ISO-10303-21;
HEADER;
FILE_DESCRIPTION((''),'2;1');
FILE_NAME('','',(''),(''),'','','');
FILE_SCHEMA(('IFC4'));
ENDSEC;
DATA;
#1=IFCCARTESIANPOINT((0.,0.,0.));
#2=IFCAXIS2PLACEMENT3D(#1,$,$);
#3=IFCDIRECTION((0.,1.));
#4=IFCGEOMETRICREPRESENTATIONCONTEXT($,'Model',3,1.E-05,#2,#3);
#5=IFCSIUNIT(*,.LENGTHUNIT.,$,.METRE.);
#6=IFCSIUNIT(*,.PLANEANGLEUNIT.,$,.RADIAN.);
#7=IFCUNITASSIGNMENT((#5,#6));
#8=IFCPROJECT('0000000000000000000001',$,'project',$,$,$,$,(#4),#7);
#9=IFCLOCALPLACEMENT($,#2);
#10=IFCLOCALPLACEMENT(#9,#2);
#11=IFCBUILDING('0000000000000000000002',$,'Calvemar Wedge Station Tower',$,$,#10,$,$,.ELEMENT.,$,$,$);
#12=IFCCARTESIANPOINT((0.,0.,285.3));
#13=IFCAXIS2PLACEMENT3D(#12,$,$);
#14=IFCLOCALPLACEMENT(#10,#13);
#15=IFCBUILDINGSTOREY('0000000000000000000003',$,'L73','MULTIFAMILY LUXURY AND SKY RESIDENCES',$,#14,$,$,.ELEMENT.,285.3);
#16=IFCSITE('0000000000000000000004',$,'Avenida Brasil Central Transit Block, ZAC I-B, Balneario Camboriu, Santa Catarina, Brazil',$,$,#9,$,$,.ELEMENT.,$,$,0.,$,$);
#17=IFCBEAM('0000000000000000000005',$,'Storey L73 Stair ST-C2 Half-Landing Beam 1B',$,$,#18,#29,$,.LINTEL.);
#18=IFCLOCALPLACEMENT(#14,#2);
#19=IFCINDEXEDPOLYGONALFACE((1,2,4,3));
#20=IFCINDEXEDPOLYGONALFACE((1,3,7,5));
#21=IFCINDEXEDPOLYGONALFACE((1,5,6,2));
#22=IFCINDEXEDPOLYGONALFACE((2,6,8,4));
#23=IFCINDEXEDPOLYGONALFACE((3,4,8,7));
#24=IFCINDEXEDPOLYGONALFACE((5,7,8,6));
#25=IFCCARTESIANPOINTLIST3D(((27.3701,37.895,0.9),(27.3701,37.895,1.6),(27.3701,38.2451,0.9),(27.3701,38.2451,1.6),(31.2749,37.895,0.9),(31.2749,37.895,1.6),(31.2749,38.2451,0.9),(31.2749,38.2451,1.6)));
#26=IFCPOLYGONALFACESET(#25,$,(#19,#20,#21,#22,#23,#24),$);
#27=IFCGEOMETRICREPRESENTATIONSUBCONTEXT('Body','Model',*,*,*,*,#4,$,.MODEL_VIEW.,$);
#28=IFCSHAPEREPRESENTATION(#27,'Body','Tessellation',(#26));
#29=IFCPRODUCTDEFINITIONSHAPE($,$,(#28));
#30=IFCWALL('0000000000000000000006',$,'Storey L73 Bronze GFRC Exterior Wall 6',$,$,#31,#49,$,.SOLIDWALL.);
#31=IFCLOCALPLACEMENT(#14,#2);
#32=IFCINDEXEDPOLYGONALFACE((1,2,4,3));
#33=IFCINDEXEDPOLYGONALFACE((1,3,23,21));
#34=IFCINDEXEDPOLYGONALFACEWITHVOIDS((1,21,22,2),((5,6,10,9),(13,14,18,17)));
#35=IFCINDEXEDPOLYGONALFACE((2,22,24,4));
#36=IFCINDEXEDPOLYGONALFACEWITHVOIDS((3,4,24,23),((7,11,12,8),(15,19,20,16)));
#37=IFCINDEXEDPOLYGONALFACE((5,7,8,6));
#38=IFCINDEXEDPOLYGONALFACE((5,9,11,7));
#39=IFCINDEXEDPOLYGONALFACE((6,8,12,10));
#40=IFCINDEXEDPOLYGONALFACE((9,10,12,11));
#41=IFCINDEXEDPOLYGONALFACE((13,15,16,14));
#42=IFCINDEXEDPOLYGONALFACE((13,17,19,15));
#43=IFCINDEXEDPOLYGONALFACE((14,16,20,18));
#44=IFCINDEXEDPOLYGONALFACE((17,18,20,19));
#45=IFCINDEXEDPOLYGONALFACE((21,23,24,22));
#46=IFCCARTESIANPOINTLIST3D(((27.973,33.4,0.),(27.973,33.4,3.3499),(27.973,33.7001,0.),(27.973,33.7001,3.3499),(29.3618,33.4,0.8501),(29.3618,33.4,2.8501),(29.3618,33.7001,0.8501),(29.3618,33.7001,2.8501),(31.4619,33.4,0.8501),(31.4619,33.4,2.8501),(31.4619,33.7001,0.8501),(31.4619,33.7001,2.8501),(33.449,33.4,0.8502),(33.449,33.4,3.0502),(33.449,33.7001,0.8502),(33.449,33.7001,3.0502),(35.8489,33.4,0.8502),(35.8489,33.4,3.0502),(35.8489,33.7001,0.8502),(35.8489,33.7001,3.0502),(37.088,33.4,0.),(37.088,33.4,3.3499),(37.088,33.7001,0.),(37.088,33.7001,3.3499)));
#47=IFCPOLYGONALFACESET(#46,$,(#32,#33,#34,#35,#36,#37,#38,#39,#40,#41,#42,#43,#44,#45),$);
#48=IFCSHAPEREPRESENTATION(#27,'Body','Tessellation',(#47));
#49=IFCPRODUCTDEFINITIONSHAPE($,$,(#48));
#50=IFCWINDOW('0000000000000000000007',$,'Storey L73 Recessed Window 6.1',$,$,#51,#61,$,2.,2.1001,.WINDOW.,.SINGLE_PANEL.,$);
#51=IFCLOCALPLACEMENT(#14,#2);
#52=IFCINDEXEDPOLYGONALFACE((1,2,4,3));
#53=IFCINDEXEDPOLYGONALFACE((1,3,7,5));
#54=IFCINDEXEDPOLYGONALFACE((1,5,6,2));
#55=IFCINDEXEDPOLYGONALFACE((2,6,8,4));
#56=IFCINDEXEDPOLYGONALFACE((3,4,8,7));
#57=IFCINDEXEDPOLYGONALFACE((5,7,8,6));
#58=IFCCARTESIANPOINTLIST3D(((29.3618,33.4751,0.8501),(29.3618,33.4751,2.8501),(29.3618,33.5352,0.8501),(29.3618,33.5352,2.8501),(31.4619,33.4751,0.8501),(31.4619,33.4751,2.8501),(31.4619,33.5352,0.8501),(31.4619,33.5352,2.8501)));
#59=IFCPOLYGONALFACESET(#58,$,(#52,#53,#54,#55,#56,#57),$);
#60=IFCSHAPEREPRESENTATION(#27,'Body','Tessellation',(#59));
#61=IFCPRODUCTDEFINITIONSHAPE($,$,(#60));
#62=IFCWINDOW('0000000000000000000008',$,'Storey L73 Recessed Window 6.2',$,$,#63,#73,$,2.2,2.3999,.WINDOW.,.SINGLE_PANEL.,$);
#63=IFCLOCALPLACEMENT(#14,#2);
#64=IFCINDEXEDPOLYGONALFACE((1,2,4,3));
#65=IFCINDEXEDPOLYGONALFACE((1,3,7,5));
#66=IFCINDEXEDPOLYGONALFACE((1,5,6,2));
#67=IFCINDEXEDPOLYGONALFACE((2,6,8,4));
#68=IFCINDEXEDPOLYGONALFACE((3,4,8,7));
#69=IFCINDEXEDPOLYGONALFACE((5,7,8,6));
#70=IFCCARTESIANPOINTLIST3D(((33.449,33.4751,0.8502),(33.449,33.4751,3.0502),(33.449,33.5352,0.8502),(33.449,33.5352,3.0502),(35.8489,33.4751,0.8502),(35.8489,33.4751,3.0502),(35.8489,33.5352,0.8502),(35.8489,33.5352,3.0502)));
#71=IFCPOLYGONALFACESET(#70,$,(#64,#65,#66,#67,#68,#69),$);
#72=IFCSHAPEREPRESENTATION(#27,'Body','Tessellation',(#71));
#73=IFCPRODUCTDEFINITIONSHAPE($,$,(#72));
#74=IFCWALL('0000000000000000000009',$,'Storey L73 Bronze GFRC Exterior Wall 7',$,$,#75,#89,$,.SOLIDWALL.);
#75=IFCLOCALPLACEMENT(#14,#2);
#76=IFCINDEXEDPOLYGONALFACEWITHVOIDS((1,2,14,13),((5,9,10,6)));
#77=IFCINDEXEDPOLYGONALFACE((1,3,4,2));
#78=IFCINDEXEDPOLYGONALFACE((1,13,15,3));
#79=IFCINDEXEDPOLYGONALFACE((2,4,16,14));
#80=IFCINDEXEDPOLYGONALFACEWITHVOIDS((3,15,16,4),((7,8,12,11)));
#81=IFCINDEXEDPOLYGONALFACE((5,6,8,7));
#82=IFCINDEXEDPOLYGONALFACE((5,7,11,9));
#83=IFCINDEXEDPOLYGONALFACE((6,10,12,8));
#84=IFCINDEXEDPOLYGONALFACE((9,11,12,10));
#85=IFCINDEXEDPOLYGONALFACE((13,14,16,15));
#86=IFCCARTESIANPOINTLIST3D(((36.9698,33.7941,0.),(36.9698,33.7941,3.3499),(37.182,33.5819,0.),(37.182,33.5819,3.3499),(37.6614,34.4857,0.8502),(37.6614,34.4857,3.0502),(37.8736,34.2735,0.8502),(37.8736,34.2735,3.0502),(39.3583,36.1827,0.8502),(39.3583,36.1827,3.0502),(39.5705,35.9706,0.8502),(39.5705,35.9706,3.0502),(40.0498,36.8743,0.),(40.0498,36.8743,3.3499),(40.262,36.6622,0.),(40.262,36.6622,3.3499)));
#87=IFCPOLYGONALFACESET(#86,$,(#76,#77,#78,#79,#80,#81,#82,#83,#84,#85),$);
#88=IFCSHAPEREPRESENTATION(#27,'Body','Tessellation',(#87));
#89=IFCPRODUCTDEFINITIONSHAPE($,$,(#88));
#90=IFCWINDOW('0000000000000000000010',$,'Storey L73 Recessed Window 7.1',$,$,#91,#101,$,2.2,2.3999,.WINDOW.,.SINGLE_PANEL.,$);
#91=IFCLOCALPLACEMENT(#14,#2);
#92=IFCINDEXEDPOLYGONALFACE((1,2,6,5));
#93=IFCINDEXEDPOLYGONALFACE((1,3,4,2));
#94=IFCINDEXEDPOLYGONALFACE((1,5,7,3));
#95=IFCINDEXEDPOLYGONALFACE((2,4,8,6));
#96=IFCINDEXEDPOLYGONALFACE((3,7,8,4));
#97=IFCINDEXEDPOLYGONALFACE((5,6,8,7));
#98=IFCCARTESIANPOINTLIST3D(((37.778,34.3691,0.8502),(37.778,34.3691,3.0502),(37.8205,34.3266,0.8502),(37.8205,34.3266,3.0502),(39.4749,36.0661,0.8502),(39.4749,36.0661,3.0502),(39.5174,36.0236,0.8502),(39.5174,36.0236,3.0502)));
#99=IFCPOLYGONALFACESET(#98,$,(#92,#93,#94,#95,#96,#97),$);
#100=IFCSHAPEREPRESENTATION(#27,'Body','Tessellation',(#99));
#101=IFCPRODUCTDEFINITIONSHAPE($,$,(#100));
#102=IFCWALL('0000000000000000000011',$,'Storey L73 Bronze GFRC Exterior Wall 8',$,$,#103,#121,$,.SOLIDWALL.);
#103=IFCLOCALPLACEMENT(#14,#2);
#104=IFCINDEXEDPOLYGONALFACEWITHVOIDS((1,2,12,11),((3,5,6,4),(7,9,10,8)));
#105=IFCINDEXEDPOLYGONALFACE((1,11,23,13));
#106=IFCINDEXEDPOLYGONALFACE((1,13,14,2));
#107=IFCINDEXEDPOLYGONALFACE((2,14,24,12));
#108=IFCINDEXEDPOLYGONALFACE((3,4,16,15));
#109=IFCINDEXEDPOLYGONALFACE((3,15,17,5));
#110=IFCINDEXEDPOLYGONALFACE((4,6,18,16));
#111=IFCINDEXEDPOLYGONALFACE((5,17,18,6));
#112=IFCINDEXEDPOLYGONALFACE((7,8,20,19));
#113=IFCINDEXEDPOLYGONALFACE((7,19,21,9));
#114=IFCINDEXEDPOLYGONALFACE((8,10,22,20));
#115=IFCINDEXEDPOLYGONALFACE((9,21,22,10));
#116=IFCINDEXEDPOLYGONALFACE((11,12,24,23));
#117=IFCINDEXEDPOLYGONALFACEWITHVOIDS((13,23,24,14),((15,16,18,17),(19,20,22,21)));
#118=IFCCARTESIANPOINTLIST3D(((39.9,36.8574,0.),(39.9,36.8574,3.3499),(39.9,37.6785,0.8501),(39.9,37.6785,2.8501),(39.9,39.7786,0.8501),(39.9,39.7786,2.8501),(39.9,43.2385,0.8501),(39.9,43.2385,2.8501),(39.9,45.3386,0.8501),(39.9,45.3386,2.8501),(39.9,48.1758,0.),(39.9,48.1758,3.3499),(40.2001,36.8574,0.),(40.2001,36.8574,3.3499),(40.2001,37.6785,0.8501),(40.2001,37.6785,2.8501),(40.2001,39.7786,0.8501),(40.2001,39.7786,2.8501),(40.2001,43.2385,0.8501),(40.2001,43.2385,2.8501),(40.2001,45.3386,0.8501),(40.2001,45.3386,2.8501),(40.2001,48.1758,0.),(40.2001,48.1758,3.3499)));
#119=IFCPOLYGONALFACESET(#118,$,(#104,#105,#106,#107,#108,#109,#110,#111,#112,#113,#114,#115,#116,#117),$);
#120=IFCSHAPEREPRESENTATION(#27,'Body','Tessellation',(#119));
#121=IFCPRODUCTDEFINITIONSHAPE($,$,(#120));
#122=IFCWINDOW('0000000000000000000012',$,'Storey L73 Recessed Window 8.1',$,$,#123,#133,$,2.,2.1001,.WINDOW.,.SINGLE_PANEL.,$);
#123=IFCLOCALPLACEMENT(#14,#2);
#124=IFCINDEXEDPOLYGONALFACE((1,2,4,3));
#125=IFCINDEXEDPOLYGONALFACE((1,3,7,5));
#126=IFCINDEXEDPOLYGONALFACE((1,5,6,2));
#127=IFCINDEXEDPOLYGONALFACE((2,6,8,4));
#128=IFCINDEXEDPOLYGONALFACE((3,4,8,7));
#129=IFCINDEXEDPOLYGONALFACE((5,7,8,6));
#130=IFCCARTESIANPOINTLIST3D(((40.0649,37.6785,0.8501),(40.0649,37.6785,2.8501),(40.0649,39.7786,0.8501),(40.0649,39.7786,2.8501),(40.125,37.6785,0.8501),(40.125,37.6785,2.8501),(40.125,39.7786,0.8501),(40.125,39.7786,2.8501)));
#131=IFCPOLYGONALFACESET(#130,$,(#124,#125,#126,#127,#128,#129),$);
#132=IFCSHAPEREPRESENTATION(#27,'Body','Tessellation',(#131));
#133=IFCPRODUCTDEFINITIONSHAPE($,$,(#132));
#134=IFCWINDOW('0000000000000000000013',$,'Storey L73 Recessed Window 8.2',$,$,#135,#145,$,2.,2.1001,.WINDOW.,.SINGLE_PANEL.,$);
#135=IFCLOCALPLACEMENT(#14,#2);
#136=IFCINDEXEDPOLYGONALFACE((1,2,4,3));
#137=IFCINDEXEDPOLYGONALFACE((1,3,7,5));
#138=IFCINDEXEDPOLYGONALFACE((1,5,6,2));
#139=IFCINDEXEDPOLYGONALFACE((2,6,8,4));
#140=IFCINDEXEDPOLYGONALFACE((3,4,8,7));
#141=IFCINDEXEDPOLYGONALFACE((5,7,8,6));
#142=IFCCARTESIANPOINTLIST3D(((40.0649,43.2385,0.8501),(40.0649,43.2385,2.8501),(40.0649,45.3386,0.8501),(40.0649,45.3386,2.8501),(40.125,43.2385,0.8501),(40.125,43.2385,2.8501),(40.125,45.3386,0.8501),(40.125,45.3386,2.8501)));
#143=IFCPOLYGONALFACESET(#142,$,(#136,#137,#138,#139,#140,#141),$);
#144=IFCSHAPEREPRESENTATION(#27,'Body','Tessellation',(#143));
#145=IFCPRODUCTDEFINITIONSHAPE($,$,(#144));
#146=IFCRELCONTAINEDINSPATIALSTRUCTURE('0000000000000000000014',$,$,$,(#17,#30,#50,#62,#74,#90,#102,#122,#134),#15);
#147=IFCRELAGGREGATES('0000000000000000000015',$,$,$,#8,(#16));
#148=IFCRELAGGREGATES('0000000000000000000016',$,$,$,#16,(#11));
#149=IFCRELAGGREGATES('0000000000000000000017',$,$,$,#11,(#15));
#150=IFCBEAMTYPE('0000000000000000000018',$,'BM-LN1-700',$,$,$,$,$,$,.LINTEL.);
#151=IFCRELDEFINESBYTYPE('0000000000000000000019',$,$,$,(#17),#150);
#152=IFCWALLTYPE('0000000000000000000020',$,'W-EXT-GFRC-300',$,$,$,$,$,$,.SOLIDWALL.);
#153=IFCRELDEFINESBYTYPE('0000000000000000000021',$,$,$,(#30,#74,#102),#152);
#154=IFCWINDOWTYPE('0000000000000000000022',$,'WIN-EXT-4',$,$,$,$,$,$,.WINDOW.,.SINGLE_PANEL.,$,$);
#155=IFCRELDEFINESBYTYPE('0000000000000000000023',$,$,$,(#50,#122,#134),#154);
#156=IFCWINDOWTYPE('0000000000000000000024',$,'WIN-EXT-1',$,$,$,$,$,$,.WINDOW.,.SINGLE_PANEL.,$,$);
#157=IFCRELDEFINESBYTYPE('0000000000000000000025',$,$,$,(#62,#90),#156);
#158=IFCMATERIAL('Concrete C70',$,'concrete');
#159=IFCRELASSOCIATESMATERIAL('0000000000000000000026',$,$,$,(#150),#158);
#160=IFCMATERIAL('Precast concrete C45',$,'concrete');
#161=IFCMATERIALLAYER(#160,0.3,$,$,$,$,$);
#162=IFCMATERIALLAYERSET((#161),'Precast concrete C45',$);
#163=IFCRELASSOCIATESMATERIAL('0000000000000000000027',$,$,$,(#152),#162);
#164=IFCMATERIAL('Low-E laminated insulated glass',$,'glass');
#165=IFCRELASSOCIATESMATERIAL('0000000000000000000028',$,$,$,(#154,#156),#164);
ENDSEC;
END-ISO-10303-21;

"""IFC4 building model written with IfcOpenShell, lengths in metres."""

from ifc_helpers import new_model, si_unit, direction, frame, frame_2d, origin, origin_2d, place, context, subcontext, project, spatial, rectangle, extrude, source, transform, mapped, material, layer, layer_set, material_profile, profile_set, type_object, element, fill, save


model = new_model("IFC4")

# Units and contexts
model_context = context("Model", 3, precision=1e-05, world=origin(), true_north=direction((0.0, 1.0)))
body_context = subcontext(model_context, "Body", "Model", "MODEL_VIEW")
ifc_project = project(units=[si_unit("LENGTHUNIT", "METRE"), si_unit("PLANEANGLEUNIT", "RADIAN")], contexts=[model_context])

# Site, building, storey
site_placement = place(None, origin())
site = spatial("IfcSite", under=ifc_project, at=site_placement, Name="Avenida Brasil Central Transit Block, ZAC I-B, Balneario Camboriu, Santa Catarina, Brazil", CompositionType="ELEMENT", RefElevation=0.0)
building_placement = place(site_placement, origin())
building = spatial("IfcBuilding", under=site, at=building_placement, Name="Calvemar Wedge Station Tower", CompositionType="ELEMENT")
storey_placement = place(building_placement, frame((0.0, 0.0, 285.3)))
storey = spatial("IfcBuildingStorey", under=building, at=storey_placement, Name="L73", Description="MULTIFAMILY LUXURY AND SKY RESIDENCES", CompositionType="ELEMENT", Elevation=285.3)

# Beam
ifc_material_1 = material(Name="Concrete C70", Category="concrete")
ifc_material_profile = material_profile(ifc_material_1, rectangle(XDim=0.3501, YDim=0.7, at=origin_2d()), Name="RC350x700")
ifc_profile_set = profile_set([ifc_material_profile], Name="Concrete C70")
beam_type = type_object("IfcBeamType", Name="BM-LN1-700", PredefinedType="LINTEL", material=ifc_profile_set)
shared_shape_1 = source(origin(), body_context, "Body", "SweptSolid", [
    extrude(rectangle(XDim=0.3501, YDim=0.7, at=origin_2d()), origin(), (0.0, 0.0, 1.0), 3.9048),
])
beam_placement = place(storey_placement, frame((27.3701, 38.0701, 1.25), z_axis=(1.0, 0.0, 0.0), x_axis=(0.0, 1.0, 0.0)))
element("IfcBeam", 1, at=beam_placement, inside=storey, type_object=beam_type, Name="Storey L73 Stair ST-C2 Half-Landing Beam 1B", PredefinedType="LINTEL", context=body_context, shape_type="MappedRepresentation", body=[
    mapped(shared_shape_1, transform((0.0, 0.0, 0.0), scale=1.0)),
])

# Wall, openings, windows
ifc_material_2 = material(Name="Precast concrete C45", Category="concrete")
ifc_layer_1 = layer(ifc_material_2, 0.3)
ifc_layer_set_1 = layer_set([ifc_layer_1], Name="Precast concrete C45")
wall_type_1 = type_object("IfcWallType", Name="W-EXT-GFRC-300", PredefinedType="SOLIDWALL", material=ifc_layer_set_1)
wall_1_placement = place(storey_placement, frame((27.9729, 33.55, 0.0), z_axis=(0.0, 0.0, 1.0), x_axis=(1.0, 0.0, 0.0)))
wall_1 = element("IfcWall", 2, at=wall_1_placement, inside=storey, type_object=wall_type_1, Name="Storey L73 Bronze GFRC Exterior Wall 6", PredefinedType="SOLIDWALL", context=body_context, shape_type="SweptSolid", body=[
    extrude(rectangle(XDim=9.115, YDim=0.3, at=frame_2d((4.5576, 0.0))), origin(), (0.0, 0.0, 1.0), 3.3499),
])
shared_shape_2 = source(origin(), body_context, "Body", "SweptSolid", [
    extrude(rectangle(XDim=2.1001, YDim=2.0, at=frame_2d((1.05, 1.0))), frame((0.0, 0.1602, 0.0), z_axis=(0.0, -1.0, 0.0), x_axis=(1.0, 0.0, 0.0)), (0.0, 0.0, 1.0), 0.3201),
])
opening_1_placement = place(wall_1_placement, frame((1.3889, 0.0, 0.8501)))
opening_1 = element("IfcOpeningElement", 3, at=opening_1_placement, cuts=wall_1, PredefinedType="OPENING", context=body_context, shape_type="MappedRepresentation", body=[
    mapped(shared_shape_2, transform((0.0, 0.0, 0.0), scale=1.0)),
])
shared_shape_3 = source(origin(), body_context, "Body", "SweptSolid", [
    extrude(rectangle(XDim=2.3999, YDim=2.2, at=frame_2d((1.2, 1.1001))), frame((0.0, 0.1602, 0.0), z_axis=(0.0, -1.0, 0.0), x_axis=(1.0, 0.0, 0.0)), (0.0, 0.0, 1.0), 0.3201),
])
opening_2_placement = place(wall_1_placement, frame((5.4761, 0.0, 0.8501)))
opening_2 = element("IfcOpeningElement", 4, at=opening_2_placement, cuts=wall_1, PredefinedType="OPENING", context=body_context, shape_type="MappedRepresentation", body=[
    mapped(shared_shape_3, transform((0.0, 0.0, 0.0), scale=1.0)),
])
ifc_material_3 = material(Name="Low-E laminated insulated glass", Category="glass")
window_type_1 = type_object("IfcWindowType", Name="WIN-EXT-4", PartitioningType="SINGLE_PANEL", PredefinedType="WINDOW", material=ifc_material_3)
shared_shape_4 = source(origin(), body_context, "Body", "SweptSolid", [
    extrude(rectangle(XDim=2.1001, YDim=2.0, at=frame_2d((1.05, 1.0))), frame((0.0, -0.0149, 0.0), z_axis=(0.0, -1.0, 0.0), x_axis=(1.0, 0.0, 0.0)), (0.0, 0.0, 1.0), 0.0601),
])
window_1_placement = place(opening_1_placement, origin())
window_1 = element("IfcWindow", 5, at=window_1_placement, inside=storey, type_object=window_type_1, Name="Storey L73 Recessed Window 6.1", OverallHeight=2.0, OverallWidth=2.1001, PartitioningType="SINGLE_PANEL", PredefinedType="WINDOW", context=body_context, shape_type="MappedRepresentation", body=[
    mapped(shared_shape_4, transform((0.0, 0.0, 0.0), scale=1.0)),
])
fill(opening_1, window_1)
window_type_2 = type_object("IfcWindowType", Name="WIN-EXT-1", PartitioningType="SINGLE_PANEL", PredefinedType="WINDOW", material=ifc_material_3)
shared_shape_5 = source(origin(), body_context, "Body", "SweptSolid", [
    extrude(rectangle(XDim=2.3999, YDim=2.2, at=frame_2d((1.2, 1.1001))), frame((0.0, -0.0149, 0.0), z_axis=(0.0, -1.0, 0.0), x_axis=(1.0, 0.0, 0.0)), (0.0, 0.0, 1.0), 0.0601),
])
window_2_placement = place(opening_2_placement, origin())
window_2 = element("IfcWindow", 6, at=window_2_placement, inside=storey, type_object=window_type_2, Name="Storey L73 Recessed Window 6.2", OverallHeight=2.2, OverallWidth=2.3999, PartitioningType="SINGLE_PANEL", PredefinedType="WINDOW", context=body_context, shape_type="MappedRepresentation", body=[
    mapped(shared_shape_5, transform((0.0, 0.0, 0.0), scale=1.0)),
])
fill(opening_2, window_2)

# Wall, opening, window
wall_2_placement = place(storey_placement, frame((37.0759, 33.688, 0.0), z_axis=(0.0, 0.0, 1.0), x_axis=(0.707079, 0.707135, 0.0)))
wall_2 = element("IfcWall", 7, at=wall_2_placement, inside=storey, type_object=wall_type_1, Name="Storey L73 Bronze GFRC Exterior Wall 7", PredefinedType="SOLIDWALL", context=body_context, shape_type="SweptSolid", body=[
    extrude(rectangle(XDim=4.356, YDim=0.3, at=frame_2d((2.178, 0.0))), origin(), (0.0, 0.0, 1.0), 3.3499),
])
opening_3_placement = place(wall_2_placement, frame((0.978, 0.0, 0.8501)))
opening_3 = element("IfcOpeningElement", 8, at=opening_3_placement, cuts=wall_2, PredefinedType="OPENING", context=body_context, shape_type="MappedRepresentation", body=[
    mapped(shared_shape_3, transform((0.0, 0.0, 0.0), scale=1.0)),
])
window_3_placement = place(opening_3_placement, origin())
window_3 = element("IfcWindow", 9, at=window_3_placement, inside=storey, type_object=window_type_2, Name="Storey L73 Recessed Window 7.1", OverallHeight=2.2, OverallWidth=2.3999, PartitioningType="SINGLE_PANEL", PredefinedType="WINDOW", context=body_context, shape_type="MappedRepresentation", body=[
    mapped(shared_shape_5, transform((0.0, 0.0, 0.0), scale=1.0)),
])
fill(opening_3, window_3)

# Wall, openings, windows
wall_3_placement = place(storey_placement, frame((40.05, 36.8574, 0.0), z_axis=(0.0, 0.0, 1.0), x_axis=(0.0, 1.0, 0.0)))
wall_3 = element("IfcWall", 10, at=wall_3_placement, inside=storey, type_object=wall_type_1, Name="Storey L73 Bronze GFRC Exterior Wall 8", PredefinedType="SOLIDWALL", context=body_context, shape_type="SweptSolid", body=[
    extrude(rectangle(XDim=11.3184, YDim=0.3, at=frame_2d((5.6592, 0.0))), origin(), (0.0, 0.0, 1.0), 3.3499),
])
opening_4_placement = place(wall_3_placement, frame((0.821, 0.0, 0.8501)))
opening_4 = element("IfcOpeningElement", 11, at=opening_4_placement, cuts=wall_3, PredefinedType="OPENING", context=body_context, shape_type="MappedRepresentation", body=[
    mapped(shared_shape_2, transform((0.0, 0.0, 0.0), scale=1.0)),
])
opening_5_placement = place(wall_3_placement, frame((6.3811, 0.0, 0.8501)))
opening_5 = element("IfcOpeningElement", 12, at=opening_5_placement, cuts=wall_3, PredefinedType="OPENING", context=body_context, shape_type="MappedRepresentation", body=[
    mapped(shared_shape_2, transform((0.0, 0.0, 0.0), scale=1.0)),
])
window_4_placement = place(opening_4_placement, origin())
window_4 = element("IfcWindow", 13, at=window_4_placement, inside=storey, type_object=window_type_1, Name="Storey L73 Recessed Window 8.1", OverallHeight=2.0, OverallWidth=2.1001, PartitioningType="SINGLE_PANEL", PredefinedType="WINDOW", context=body_context, shape_type="MappedRepresentation", body=[
    mapped(shared_shape_4, transform((0.0, 0.0, 0.0), scale=1.0)),
])
fill(opening_4, window_4)
window_5_placement = place(opening_5_placement, origin())
window_5 = element("IfcWindow", 14, at=window_5_placement, inside=storey, type_object=window_type_1, Name="Storey L73 Recessed Window 8.2", OverallHeight=2.0, OverallWidth=2.1001, PartitioningType="SINGLE_PANEL", PredefinedType="WINDOW", context=body_context, shape_type="MappedRepresentation", body=[
    mapped(shared_shape_4, transform((0.0, 0.0, 0.0), scale=1.0)),
])
fill(opening_5, window_5)

save(model, "model.ifc")
